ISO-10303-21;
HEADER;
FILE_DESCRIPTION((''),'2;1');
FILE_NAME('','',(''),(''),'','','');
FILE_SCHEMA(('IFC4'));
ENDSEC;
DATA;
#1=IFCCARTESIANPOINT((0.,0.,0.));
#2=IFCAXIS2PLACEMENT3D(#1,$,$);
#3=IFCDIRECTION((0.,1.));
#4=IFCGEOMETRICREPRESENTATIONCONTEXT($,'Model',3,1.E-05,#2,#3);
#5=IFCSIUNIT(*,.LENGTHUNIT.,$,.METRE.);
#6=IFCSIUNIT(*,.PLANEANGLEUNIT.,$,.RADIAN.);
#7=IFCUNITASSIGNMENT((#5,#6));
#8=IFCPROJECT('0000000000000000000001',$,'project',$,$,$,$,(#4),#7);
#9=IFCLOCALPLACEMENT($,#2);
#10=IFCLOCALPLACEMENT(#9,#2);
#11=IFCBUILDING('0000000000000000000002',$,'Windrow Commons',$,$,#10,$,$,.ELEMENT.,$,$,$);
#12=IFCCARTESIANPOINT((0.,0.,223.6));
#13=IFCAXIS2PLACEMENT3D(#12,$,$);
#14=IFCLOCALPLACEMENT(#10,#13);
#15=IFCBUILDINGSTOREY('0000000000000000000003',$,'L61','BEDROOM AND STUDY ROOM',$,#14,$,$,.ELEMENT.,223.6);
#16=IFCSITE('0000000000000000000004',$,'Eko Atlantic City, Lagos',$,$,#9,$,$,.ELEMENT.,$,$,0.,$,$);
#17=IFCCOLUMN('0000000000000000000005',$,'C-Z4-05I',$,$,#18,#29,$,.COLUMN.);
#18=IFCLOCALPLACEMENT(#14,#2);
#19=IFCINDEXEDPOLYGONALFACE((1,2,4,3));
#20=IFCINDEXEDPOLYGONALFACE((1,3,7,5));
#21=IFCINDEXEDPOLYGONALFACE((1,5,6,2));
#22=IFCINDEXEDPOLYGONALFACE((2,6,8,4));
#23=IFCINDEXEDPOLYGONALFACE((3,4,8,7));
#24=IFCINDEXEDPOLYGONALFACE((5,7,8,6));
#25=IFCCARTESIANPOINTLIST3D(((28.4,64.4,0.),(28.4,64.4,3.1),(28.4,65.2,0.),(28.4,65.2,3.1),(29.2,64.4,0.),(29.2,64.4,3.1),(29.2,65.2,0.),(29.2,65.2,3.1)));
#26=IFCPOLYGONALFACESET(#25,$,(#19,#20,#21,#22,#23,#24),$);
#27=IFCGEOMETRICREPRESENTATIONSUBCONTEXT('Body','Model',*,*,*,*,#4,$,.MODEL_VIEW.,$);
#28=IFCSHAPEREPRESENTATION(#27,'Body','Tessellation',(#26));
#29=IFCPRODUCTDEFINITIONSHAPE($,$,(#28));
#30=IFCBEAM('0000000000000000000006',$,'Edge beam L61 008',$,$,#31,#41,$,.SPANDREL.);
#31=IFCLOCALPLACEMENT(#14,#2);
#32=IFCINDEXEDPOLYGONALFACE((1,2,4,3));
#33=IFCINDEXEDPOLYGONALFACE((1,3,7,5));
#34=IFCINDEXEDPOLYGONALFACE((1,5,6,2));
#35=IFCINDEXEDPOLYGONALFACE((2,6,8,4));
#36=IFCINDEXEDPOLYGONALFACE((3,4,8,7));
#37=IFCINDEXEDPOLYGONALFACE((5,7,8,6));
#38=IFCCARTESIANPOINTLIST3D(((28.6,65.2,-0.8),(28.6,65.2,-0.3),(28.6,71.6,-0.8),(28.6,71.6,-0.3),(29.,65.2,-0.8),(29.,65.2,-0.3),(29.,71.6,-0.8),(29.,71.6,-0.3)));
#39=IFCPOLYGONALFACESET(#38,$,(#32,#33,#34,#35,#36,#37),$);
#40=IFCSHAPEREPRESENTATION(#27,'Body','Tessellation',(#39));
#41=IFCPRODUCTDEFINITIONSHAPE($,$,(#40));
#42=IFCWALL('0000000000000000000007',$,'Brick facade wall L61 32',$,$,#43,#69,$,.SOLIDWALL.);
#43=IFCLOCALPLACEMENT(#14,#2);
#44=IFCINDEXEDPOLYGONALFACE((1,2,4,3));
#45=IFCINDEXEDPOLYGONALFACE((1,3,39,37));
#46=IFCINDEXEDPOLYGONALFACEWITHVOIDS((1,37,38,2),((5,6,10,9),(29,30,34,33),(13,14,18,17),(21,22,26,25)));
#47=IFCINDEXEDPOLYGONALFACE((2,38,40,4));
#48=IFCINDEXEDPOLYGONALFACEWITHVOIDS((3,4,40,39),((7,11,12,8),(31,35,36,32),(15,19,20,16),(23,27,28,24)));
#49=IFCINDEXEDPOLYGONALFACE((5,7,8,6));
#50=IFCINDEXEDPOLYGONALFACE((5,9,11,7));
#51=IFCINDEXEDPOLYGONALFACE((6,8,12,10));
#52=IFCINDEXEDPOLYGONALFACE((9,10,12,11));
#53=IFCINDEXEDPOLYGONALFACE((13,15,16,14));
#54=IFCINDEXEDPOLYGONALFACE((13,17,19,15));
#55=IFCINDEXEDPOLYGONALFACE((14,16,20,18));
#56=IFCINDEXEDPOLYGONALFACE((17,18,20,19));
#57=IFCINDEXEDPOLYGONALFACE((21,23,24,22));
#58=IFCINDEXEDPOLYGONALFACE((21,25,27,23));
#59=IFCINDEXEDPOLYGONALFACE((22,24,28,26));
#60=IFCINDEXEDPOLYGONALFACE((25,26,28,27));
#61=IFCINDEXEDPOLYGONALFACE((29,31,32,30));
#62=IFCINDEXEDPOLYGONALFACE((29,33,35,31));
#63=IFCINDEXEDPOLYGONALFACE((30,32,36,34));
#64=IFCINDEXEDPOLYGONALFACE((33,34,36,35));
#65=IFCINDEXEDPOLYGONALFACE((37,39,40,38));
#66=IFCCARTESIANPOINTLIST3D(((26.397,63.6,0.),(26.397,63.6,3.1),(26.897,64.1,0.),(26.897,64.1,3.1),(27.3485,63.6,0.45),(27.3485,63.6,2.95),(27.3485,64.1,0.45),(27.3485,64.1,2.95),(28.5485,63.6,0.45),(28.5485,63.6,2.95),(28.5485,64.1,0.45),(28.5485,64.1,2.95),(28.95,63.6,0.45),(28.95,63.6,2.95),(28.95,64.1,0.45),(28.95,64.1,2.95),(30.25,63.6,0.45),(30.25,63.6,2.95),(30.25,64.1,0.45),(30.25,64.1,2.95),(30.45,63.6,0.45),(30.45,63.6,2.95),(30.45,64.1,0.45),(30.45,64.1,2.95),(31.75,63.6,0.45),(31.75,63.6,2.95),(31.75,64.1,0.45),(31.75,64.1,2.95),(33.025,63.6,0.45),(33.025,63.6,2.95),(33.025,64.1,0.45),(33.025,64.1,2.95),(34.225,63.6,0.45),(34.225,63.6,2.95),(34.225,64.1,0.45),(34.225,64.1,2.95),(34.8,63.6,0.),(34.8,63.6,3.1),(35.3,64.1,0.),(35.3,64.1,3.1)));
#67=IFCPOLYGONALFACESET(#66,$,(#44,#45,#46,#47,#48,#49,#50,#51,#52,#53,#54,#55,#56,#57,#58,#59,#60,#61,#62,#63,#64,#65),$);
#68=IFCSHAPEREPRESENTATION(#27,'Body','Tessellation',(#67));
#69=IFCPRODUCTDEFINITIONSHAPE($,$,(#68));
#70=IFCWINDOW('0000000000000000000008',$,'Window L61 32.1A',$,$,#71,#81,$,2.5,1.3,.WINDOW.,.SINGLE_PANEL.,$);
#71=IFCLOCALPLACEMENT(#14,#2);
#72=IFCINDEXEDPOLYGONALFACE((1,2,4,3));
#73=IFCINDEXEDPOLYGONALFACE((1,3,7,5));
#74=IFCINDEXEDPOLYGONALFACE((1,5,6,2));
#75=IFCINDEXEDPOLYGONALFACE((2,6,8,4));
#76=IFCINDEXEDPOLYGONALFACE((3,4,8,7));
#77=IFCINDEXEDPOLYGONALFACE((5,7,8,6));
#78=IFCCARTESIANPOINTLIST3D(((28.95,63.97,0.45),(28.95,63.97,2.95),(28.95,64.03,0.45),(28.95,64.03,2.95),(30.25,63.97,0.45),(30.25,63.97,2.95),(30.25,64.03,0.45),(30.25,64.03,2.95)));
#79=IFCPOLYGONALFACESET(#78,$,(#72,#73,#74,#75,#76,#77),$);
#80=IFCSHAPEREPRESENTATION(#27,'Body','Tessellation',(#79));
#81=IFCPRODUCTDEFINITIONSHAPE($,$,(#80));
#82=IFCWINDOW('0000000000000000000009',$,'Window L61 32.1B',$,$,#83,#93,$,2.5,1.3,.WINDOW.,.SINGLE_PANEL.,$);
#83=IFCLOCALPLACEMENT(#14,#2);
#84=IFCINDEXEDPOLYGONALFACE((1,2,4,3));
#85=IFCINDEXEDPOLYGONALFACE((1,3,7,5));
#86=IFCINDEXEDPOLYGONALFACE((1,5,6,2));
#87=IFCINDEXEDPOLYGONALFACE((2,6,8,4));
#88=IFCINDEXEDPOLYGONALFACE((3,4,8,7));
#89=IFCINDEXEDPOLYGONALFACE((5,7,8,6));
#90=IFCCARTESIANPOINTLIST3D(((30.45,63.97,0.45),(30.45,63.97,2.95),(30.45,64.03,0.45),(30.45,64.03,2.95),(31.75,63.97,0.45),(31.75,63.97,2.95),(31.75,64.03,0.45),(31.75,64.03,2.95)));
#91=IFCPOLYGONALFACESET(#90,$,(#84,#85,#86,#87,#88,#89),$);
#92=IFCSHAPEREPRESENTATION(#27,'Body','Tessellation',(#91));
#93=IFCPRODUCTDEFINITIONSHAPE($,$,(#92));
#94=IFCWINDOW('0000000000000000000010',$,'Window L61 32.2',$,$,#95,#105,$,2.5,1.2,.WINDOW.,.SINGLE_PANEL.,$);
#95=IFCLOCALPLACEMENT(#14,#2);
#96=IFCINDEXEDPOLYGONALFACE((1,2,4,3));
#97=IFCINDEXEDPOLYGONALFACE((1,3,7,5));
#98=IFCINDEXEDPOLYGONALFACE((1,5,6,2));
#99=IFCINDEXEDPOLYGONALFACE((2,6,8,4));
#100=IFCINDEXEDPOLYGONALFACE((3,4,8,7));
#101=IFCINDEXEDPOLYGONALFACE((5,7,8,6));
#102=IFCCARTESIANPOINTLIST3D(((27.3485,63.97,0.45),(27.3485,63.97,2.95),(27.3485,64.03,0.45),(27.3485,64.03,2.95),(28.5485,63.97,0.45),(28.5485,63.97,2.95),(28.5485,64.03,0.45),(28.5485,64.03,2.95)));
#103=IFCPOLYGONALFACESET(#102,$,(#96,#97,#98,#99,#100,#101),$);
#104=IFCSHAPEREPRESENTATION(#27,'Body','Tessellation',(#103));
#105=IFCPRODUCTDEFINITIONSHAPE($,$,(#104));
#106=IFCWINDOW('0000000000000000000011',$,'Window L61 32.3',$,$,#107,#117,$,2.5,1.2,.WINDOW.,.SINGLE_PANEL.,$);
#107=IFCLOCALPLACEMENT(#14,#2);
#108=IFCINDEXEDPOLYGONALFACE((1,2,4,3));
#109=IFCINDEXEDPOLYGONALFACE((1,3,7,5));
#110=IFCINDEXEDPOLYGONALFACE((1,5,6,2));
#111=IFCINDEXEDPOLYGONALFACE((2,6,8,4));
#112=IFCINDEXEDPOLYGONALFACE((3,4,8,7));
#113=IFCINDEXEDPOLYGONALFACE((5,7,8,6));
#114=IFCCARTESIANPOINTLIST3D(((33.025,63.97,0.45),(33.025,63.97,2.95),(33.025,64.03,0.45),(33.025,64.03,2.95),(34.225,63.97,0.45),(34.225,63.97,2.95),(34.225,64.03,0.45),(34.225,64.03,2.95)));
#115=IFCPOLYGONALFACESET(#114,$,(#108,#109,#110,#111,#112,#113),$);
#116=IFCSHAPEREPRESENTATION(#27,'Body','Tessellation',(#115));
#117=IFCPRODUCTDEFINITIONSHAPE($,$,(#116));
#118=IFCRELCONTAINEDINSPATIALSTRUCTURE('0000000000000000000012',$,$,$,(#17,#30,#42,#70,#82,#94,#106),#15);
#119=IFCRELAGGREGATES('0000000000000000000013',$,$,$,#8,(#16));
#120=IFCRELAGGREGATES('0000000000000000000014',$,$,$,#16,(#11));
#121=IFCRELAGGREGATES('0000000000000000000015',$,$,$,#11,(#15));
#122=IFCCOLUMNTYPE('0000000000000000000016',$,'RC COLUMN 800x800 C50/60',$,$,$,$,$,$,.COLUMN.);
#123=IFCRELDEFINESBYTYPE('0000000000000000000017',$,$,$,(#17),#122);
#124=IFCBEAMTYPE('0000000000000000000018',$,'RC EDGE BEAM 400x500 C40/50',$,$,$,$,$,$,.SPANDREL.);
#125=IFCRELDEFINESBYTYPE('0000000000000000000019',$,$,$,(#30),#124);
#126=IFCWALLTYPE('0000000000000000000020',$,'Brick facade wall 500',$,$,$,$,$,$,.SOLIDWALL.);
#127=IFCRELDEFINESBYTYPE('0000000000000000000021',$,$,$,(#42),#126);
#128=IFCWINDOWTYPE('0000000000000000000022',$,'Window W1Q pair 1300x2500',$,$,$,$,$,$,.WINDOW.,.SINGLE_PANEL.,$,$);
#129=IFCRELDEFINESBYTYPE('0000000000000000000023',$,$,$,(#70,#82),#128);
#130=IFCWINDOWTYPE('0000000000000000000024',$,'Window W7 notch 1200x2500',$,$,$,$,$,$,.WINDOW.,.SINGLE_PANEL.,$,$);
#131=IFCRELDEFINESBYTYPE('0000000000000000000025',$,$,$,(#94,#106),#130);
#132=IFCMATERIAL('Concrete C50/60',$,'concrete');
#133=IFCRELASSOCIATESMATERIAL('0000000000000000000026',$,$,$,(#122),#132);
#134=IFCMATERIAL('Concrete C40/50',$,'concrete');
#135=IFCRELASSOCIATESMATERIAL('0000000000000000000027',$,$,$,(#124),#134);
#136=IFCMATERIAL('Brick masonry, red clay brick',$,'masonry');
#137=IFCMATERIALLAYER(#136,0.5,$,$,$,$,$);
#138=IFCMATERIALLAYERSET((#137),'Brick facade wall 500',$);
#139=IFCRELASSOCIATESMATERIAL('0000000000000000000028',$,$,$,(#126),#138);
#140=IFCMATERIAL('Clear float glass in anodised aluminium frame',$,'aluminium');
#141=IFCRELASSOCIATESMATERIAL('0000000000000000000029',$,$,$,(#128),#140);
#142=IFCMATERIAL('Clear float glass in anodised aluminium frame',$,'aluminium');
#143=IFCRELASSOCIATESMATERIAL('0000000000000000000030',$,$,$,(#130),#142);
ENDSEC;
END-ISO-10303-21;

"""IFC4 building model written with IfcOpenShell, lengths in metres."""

from ifc_helpers import new_model, si_unit, direction, frame, frame_2d, origin, origin_2d, place, context, subcontext, project, spatial, polyline, rectangle, outline, extrude, material, layer, layer_set, material_profile, profile_set, type_object, element, fill, save


model = new_model("IFC4")

# Units and contexts
model_context = context("Model", 3, precision=1e-05, world=origin(), true_north=direction((0.0, 1.0)))
body_context = subcontext(model_context, "Body", "Model", "MODEL_VIEW")
ifc_project = project(units=[si_unit("LENGTHUNIT", "METRE"), si_unit("PLANEANGLEUNIT", "RADIAN")], contexts=[model_context])

# Site, building, storey
site_placement = place(None, origin())
site = spatial("IfcSite", under=ifc_project, at=site_placement, Name="Eko Atlantic City, Lagos", CompositionType="ELEMENT", RefElevation=0.0)
building_placement = place(site_placement, origin())
building = spatial("IfcBuilding", under=site, at=building_placement, Name="Windrow Commons", CompositionType="ELEMENT")
storey_placement = place(building_placement, frame((0.0, 0.0, 223.6)))
storey = spatial("IfcBuildingStorey", under=building, at=storey_placement, Name="L61", Description="BEDROOM AND STUDY ROOM", CompositionType="ELEMENT", Elevation=223.6)

# Column
ifc_material_1 = material(Name="Concrete C50/60", Category="concrete")
ifc_material_profile_1 = material_profile(ifc_material_1, rectangle(XDim=0.8, YDim=0.8, at=origin_2d()))
ifc_profile_set_1 = profile_set([ifc_material_profile_1], Name="Concrete C50/60")
column_type = type_object("IfcColumnType", Name="RC COLUMN 800x800 C50/60", PredefinedType="COLUMN", material=ifc_profile_set_1)
column_placement = place(storey_placement, frame((28.8, 64.8, 0.0), z_axis=(0.0, 0.0, 1.0), x_axis=(1.0, 0.0, 0.0)))
element("IfcColumn", 1, at=column_placement, inside=storey, type_object=column_type, Name="C-Z4-05I", PredefinedType="COLUMN", context=body_context, shape_type="SweptSolid", body=[
    extrude(rectangle(XDim=0.8, YDim=0.8, at=origin_2d()), origin(), (0.0, 0.0, 1.0), 3.1),
])

# Beam
ifc_material_2 = material(Name="Concrete C40/50", Category="concrete")
ifc_material_profile_2 = material_profile(ifc_material_2, rectangle(XDim=0.4, YDim=0.5, at=origin_2d()))
ifc_profile_set_2 = profile_set([ifc_material_profile_2], Name="Concrete C40/50")
beam_type = type_object("IfcBeamType", Name="RC EDGE BEAM 400x500 C40/50", PredefinedType="SPANDREL", material=ifc_profile_set_2)
beam_placement = place(storey_placement, frame((28.8, 65.2, -0.55), z_axis=(0.0, 1.0, 0.0), x_axis=(-1.0, 0.0, 0.0)))
element("IfcBeam", 2, at=beam_placement, inside=storey, type_object=beam_type, Name="Edge beam L61 008", PredefinedType="SPANDREL", context=body_context, shape_type="SweptSolid", body=[
    extrude(rectangle(XDim=0.4, YDim=0.5, at=origin_2d()), origin(), (0.0, 0.0, 1.0), 6.4),
])

# Wall, openings, windows
ifc_material_3 = material(Name="Brick masonry, red clay brick", Category="masonry")
ifc_layer_1 = layer(ifc_material_3, 0.5)
ifc_layer_set_1 = layer_set([ifc_layer_1], Name="Brick facade wall 500")
wall_type_1 = type_object("IfcWallType", Name="Brick facade wall 500", PredefinedType="SOLIDWALL", material=ifc_layer_set_1)
wall_1_placement = place(storey_placement, frame((26.647, 63.85, 0.0), z_axis=(0.0, 0.0, 1.0), x_axis=(1.0, 0.0, 0.0)))
wall_1 = element("IfcWall", 3, at=wall_1_placement, inside=storey, type_object=wall_type_1, Name="Brick facade wall L61 32", PredefinedType="SOLIDWALL", context=body_context, shape_type="SweptSolid", body=[
    extrude(outline(polyline([(-0.25, -0.25), (8.153, -0.25), (8.653, 0.25), (0.25, 0.25), (-0.25, -0.25)])), origin(), (0.0, 0.0, 1.0), 3.1),
])
opening_1_placement = place(wall_1_placement, frame((2.303, 0.0, 0.45)))
opening_1 = element("IfcOpeningElement", 4, at=opening_1_placement, cuts=wall_1, PredefinedType="OPENING", context=body_context, shape_type="SweptSolid", body=[
    extrude(rectangle(XDim=1.3, YDim=2.5, at=frame_2d((0.65, 1.25))), frame((0.0, 0.26, 0.0), z_axis=(0.0, -1.0, 0.0), x_axis=(1.0, 0.0, 0.0)), (0.0, 0.0, 1.0), 0.52),
])
opening_2_placement = place(wall_1_placement, frame((3.803, 0.0, 0.45)))
opening_2 = element("IfcOpeningElement", 5, at=opening_2_placement, cuts=wall_1, PredefinedType="OPENING", context=body_context, shape_type="SweptSolid", body=[
    extrude(rectangle(XDim=1.3, YDim=2.5, at=frame_2d((0.65, 1.25))), frame((0.0, 0.26, 0.0), z_axis=(0.0, -1.0, 0.0), x_axis=(1.0, 0.0, 0.0)), (0.0, 0.0, 1.0), 0.52),
])
opening_3_placement = place(wall_1_placement, frame((0.7015, 0.0, 0.45)))
opening_3 = element("IfcOpeningElement", 6, at=opening_3_placement, cuts=wall_1, PredefinedType="OPENING", context=body_context, shape_type="SweptSolid", body=[
    extrude(rectangle(XDim=1.2, YDim=2.5, at=frame_2d((0.6, 1.25))), frame((0.0, 0.26, 0.0), z_axis=(0.0, -1.0, 0.0), x_axis=(1.0, 0.0, 0.0)), (0.0, 0.0, 1.0), 0.52),
])
opening_4_placement = place(wall_1_placement, frame((6.378, 0.0, 0.45)))
opening_4 = element("IfcOpeningElement", 7, at=opening_4_placement, cuts=wall_1, PredefinedType="OPENING", context=body_context, shape_type="SweptSolid", body=[
    extrude(rectangle(XDim=1.2, YDim=2.5, at=frame_2d((0.6, 1.25))), frame((0.0, 0.26, 0.0), z_axis=(0.0, -1.0, 0.0), x_axis=(1.0, 0.0, 0.0)), (0.0, 0.0, 1.0), 0.52),
])
ifc_material_4 = material(Name="Clear float glass in anodised aluminium frame", Category="aluminium")
window_type_1 = type_object("IfcWindowType", Name="Window W1Q pair 1300x2500", PartitioningType="SINGLE_PANEL", PredefinedType="WINDOW", material=ifc_material_4)
window_1_placement = place(opening_1_placement, origin())
window_1 = element("IfcWindow", 8, at=window_1_placement, inside=storey, type_object=window_type_1, Name="Window L61 32.1A", OverallHeight=2.5, OverallWidth=1.3, PartitioningType="SINGLE_PANEL", PredefinedType="WINDOW", context=body_context, shape_type="SweptSolid", body=[
    extrude(rectangle(XDim=1.3, YDim=2.5, at=frame_2d((0.65, 1.25))), frame((0.0, 0.18, 0.0), z_axis=(0.0, -1.0, 0.0), x_axis=(1.0, 0.0, 0.0)), (0.0, 0.0, 1.0), 0.06),
])
fill(opening_1, window_1)
window_2_placement = place(opening_2_placement, origin())
window_2 = element("IfcWindow", 9, at=window_2_placement, inside=storey, type_object=window_type_1, Name="Window L61 32.1B", OverallHeight=2.5, OverallWidth=1.3, PartitioningType="SINGLE_PANEL", PredefinedType="WINDOW", context=body_context, shape_type="SweptSolid", body=[
    extrude(rectangle(XDim=1.3, YDim=2.5, at=frame_2d((0.65, 1.25))), frame((0.0, 0.18, 0.0), z_axis=(0.0, -1.0, 0.0), x_axis=(1.0, 0.0, 0.0)), (0.0, 0.0, 1.0), 0.06),
])
fill(opening_2, window_2)
ifc_material_5 = material(Name="Clear float glass in anodised aluminium frame", Category="aluminium")
window_type_2 = type_object("IfcWindowType", Name="Window W7 notch 1200x2500", PartitioningType="SINGLE_PANEL", PredefinedType="WINDOW", material=ifc_material_5)
window_3_placement = place(opening_3_placement, origin())
window_3 = element("IfcWindow", 10, at=window_3_placement, inside=storey, type_object=window_type_2, Name="Window L61 32.2", OverallHeight=2.5, OverallWidth=1.2, PartitioningType="SINGLE_PANEL", PredefinedType="WINDOW", context=body_context, shape_type="SweptSolid", body=[
    extrude(rectangle(XDim=1.2, YDim=2.5, at=frame_2d((0.6, 1.25))), frame((0.0, 0.18, 0.0), z_axis=(0.0, -1.0, 0.0), x_axis=(1.0, 0.0, 0.0)), (0.0, 0.0, 1.0), 0.06),
])
fill(opening_3, window_3)
window_4_placement = place(opening_4_placement, origin())
window_4 = element("IfcWindow", 11, at=window_4_placement, inside=storey, type_object=window_type_2, Name="Window L61 32.3", OverallHeight=2.5, OverallWidth=1.2, PartitioningType="SINGLE_PANEL", PredefinedType="WINDOW", context=body_context, shape_type="SweptSolid", body=[
    extrude(rectangle(XDim=1.2, YDim=2.5, at=frame_2d((0.6, 1.25))), frame((0.0, 0.18, 0.0), z_axis=(0.0, -1.0, 0.0), x_axis=(1.0, 0.0, 0.0)), (0.0, 0.0, 1.0), 0.06),
])
fill(opening_4, window_4)

save(model, "model.ifc")
